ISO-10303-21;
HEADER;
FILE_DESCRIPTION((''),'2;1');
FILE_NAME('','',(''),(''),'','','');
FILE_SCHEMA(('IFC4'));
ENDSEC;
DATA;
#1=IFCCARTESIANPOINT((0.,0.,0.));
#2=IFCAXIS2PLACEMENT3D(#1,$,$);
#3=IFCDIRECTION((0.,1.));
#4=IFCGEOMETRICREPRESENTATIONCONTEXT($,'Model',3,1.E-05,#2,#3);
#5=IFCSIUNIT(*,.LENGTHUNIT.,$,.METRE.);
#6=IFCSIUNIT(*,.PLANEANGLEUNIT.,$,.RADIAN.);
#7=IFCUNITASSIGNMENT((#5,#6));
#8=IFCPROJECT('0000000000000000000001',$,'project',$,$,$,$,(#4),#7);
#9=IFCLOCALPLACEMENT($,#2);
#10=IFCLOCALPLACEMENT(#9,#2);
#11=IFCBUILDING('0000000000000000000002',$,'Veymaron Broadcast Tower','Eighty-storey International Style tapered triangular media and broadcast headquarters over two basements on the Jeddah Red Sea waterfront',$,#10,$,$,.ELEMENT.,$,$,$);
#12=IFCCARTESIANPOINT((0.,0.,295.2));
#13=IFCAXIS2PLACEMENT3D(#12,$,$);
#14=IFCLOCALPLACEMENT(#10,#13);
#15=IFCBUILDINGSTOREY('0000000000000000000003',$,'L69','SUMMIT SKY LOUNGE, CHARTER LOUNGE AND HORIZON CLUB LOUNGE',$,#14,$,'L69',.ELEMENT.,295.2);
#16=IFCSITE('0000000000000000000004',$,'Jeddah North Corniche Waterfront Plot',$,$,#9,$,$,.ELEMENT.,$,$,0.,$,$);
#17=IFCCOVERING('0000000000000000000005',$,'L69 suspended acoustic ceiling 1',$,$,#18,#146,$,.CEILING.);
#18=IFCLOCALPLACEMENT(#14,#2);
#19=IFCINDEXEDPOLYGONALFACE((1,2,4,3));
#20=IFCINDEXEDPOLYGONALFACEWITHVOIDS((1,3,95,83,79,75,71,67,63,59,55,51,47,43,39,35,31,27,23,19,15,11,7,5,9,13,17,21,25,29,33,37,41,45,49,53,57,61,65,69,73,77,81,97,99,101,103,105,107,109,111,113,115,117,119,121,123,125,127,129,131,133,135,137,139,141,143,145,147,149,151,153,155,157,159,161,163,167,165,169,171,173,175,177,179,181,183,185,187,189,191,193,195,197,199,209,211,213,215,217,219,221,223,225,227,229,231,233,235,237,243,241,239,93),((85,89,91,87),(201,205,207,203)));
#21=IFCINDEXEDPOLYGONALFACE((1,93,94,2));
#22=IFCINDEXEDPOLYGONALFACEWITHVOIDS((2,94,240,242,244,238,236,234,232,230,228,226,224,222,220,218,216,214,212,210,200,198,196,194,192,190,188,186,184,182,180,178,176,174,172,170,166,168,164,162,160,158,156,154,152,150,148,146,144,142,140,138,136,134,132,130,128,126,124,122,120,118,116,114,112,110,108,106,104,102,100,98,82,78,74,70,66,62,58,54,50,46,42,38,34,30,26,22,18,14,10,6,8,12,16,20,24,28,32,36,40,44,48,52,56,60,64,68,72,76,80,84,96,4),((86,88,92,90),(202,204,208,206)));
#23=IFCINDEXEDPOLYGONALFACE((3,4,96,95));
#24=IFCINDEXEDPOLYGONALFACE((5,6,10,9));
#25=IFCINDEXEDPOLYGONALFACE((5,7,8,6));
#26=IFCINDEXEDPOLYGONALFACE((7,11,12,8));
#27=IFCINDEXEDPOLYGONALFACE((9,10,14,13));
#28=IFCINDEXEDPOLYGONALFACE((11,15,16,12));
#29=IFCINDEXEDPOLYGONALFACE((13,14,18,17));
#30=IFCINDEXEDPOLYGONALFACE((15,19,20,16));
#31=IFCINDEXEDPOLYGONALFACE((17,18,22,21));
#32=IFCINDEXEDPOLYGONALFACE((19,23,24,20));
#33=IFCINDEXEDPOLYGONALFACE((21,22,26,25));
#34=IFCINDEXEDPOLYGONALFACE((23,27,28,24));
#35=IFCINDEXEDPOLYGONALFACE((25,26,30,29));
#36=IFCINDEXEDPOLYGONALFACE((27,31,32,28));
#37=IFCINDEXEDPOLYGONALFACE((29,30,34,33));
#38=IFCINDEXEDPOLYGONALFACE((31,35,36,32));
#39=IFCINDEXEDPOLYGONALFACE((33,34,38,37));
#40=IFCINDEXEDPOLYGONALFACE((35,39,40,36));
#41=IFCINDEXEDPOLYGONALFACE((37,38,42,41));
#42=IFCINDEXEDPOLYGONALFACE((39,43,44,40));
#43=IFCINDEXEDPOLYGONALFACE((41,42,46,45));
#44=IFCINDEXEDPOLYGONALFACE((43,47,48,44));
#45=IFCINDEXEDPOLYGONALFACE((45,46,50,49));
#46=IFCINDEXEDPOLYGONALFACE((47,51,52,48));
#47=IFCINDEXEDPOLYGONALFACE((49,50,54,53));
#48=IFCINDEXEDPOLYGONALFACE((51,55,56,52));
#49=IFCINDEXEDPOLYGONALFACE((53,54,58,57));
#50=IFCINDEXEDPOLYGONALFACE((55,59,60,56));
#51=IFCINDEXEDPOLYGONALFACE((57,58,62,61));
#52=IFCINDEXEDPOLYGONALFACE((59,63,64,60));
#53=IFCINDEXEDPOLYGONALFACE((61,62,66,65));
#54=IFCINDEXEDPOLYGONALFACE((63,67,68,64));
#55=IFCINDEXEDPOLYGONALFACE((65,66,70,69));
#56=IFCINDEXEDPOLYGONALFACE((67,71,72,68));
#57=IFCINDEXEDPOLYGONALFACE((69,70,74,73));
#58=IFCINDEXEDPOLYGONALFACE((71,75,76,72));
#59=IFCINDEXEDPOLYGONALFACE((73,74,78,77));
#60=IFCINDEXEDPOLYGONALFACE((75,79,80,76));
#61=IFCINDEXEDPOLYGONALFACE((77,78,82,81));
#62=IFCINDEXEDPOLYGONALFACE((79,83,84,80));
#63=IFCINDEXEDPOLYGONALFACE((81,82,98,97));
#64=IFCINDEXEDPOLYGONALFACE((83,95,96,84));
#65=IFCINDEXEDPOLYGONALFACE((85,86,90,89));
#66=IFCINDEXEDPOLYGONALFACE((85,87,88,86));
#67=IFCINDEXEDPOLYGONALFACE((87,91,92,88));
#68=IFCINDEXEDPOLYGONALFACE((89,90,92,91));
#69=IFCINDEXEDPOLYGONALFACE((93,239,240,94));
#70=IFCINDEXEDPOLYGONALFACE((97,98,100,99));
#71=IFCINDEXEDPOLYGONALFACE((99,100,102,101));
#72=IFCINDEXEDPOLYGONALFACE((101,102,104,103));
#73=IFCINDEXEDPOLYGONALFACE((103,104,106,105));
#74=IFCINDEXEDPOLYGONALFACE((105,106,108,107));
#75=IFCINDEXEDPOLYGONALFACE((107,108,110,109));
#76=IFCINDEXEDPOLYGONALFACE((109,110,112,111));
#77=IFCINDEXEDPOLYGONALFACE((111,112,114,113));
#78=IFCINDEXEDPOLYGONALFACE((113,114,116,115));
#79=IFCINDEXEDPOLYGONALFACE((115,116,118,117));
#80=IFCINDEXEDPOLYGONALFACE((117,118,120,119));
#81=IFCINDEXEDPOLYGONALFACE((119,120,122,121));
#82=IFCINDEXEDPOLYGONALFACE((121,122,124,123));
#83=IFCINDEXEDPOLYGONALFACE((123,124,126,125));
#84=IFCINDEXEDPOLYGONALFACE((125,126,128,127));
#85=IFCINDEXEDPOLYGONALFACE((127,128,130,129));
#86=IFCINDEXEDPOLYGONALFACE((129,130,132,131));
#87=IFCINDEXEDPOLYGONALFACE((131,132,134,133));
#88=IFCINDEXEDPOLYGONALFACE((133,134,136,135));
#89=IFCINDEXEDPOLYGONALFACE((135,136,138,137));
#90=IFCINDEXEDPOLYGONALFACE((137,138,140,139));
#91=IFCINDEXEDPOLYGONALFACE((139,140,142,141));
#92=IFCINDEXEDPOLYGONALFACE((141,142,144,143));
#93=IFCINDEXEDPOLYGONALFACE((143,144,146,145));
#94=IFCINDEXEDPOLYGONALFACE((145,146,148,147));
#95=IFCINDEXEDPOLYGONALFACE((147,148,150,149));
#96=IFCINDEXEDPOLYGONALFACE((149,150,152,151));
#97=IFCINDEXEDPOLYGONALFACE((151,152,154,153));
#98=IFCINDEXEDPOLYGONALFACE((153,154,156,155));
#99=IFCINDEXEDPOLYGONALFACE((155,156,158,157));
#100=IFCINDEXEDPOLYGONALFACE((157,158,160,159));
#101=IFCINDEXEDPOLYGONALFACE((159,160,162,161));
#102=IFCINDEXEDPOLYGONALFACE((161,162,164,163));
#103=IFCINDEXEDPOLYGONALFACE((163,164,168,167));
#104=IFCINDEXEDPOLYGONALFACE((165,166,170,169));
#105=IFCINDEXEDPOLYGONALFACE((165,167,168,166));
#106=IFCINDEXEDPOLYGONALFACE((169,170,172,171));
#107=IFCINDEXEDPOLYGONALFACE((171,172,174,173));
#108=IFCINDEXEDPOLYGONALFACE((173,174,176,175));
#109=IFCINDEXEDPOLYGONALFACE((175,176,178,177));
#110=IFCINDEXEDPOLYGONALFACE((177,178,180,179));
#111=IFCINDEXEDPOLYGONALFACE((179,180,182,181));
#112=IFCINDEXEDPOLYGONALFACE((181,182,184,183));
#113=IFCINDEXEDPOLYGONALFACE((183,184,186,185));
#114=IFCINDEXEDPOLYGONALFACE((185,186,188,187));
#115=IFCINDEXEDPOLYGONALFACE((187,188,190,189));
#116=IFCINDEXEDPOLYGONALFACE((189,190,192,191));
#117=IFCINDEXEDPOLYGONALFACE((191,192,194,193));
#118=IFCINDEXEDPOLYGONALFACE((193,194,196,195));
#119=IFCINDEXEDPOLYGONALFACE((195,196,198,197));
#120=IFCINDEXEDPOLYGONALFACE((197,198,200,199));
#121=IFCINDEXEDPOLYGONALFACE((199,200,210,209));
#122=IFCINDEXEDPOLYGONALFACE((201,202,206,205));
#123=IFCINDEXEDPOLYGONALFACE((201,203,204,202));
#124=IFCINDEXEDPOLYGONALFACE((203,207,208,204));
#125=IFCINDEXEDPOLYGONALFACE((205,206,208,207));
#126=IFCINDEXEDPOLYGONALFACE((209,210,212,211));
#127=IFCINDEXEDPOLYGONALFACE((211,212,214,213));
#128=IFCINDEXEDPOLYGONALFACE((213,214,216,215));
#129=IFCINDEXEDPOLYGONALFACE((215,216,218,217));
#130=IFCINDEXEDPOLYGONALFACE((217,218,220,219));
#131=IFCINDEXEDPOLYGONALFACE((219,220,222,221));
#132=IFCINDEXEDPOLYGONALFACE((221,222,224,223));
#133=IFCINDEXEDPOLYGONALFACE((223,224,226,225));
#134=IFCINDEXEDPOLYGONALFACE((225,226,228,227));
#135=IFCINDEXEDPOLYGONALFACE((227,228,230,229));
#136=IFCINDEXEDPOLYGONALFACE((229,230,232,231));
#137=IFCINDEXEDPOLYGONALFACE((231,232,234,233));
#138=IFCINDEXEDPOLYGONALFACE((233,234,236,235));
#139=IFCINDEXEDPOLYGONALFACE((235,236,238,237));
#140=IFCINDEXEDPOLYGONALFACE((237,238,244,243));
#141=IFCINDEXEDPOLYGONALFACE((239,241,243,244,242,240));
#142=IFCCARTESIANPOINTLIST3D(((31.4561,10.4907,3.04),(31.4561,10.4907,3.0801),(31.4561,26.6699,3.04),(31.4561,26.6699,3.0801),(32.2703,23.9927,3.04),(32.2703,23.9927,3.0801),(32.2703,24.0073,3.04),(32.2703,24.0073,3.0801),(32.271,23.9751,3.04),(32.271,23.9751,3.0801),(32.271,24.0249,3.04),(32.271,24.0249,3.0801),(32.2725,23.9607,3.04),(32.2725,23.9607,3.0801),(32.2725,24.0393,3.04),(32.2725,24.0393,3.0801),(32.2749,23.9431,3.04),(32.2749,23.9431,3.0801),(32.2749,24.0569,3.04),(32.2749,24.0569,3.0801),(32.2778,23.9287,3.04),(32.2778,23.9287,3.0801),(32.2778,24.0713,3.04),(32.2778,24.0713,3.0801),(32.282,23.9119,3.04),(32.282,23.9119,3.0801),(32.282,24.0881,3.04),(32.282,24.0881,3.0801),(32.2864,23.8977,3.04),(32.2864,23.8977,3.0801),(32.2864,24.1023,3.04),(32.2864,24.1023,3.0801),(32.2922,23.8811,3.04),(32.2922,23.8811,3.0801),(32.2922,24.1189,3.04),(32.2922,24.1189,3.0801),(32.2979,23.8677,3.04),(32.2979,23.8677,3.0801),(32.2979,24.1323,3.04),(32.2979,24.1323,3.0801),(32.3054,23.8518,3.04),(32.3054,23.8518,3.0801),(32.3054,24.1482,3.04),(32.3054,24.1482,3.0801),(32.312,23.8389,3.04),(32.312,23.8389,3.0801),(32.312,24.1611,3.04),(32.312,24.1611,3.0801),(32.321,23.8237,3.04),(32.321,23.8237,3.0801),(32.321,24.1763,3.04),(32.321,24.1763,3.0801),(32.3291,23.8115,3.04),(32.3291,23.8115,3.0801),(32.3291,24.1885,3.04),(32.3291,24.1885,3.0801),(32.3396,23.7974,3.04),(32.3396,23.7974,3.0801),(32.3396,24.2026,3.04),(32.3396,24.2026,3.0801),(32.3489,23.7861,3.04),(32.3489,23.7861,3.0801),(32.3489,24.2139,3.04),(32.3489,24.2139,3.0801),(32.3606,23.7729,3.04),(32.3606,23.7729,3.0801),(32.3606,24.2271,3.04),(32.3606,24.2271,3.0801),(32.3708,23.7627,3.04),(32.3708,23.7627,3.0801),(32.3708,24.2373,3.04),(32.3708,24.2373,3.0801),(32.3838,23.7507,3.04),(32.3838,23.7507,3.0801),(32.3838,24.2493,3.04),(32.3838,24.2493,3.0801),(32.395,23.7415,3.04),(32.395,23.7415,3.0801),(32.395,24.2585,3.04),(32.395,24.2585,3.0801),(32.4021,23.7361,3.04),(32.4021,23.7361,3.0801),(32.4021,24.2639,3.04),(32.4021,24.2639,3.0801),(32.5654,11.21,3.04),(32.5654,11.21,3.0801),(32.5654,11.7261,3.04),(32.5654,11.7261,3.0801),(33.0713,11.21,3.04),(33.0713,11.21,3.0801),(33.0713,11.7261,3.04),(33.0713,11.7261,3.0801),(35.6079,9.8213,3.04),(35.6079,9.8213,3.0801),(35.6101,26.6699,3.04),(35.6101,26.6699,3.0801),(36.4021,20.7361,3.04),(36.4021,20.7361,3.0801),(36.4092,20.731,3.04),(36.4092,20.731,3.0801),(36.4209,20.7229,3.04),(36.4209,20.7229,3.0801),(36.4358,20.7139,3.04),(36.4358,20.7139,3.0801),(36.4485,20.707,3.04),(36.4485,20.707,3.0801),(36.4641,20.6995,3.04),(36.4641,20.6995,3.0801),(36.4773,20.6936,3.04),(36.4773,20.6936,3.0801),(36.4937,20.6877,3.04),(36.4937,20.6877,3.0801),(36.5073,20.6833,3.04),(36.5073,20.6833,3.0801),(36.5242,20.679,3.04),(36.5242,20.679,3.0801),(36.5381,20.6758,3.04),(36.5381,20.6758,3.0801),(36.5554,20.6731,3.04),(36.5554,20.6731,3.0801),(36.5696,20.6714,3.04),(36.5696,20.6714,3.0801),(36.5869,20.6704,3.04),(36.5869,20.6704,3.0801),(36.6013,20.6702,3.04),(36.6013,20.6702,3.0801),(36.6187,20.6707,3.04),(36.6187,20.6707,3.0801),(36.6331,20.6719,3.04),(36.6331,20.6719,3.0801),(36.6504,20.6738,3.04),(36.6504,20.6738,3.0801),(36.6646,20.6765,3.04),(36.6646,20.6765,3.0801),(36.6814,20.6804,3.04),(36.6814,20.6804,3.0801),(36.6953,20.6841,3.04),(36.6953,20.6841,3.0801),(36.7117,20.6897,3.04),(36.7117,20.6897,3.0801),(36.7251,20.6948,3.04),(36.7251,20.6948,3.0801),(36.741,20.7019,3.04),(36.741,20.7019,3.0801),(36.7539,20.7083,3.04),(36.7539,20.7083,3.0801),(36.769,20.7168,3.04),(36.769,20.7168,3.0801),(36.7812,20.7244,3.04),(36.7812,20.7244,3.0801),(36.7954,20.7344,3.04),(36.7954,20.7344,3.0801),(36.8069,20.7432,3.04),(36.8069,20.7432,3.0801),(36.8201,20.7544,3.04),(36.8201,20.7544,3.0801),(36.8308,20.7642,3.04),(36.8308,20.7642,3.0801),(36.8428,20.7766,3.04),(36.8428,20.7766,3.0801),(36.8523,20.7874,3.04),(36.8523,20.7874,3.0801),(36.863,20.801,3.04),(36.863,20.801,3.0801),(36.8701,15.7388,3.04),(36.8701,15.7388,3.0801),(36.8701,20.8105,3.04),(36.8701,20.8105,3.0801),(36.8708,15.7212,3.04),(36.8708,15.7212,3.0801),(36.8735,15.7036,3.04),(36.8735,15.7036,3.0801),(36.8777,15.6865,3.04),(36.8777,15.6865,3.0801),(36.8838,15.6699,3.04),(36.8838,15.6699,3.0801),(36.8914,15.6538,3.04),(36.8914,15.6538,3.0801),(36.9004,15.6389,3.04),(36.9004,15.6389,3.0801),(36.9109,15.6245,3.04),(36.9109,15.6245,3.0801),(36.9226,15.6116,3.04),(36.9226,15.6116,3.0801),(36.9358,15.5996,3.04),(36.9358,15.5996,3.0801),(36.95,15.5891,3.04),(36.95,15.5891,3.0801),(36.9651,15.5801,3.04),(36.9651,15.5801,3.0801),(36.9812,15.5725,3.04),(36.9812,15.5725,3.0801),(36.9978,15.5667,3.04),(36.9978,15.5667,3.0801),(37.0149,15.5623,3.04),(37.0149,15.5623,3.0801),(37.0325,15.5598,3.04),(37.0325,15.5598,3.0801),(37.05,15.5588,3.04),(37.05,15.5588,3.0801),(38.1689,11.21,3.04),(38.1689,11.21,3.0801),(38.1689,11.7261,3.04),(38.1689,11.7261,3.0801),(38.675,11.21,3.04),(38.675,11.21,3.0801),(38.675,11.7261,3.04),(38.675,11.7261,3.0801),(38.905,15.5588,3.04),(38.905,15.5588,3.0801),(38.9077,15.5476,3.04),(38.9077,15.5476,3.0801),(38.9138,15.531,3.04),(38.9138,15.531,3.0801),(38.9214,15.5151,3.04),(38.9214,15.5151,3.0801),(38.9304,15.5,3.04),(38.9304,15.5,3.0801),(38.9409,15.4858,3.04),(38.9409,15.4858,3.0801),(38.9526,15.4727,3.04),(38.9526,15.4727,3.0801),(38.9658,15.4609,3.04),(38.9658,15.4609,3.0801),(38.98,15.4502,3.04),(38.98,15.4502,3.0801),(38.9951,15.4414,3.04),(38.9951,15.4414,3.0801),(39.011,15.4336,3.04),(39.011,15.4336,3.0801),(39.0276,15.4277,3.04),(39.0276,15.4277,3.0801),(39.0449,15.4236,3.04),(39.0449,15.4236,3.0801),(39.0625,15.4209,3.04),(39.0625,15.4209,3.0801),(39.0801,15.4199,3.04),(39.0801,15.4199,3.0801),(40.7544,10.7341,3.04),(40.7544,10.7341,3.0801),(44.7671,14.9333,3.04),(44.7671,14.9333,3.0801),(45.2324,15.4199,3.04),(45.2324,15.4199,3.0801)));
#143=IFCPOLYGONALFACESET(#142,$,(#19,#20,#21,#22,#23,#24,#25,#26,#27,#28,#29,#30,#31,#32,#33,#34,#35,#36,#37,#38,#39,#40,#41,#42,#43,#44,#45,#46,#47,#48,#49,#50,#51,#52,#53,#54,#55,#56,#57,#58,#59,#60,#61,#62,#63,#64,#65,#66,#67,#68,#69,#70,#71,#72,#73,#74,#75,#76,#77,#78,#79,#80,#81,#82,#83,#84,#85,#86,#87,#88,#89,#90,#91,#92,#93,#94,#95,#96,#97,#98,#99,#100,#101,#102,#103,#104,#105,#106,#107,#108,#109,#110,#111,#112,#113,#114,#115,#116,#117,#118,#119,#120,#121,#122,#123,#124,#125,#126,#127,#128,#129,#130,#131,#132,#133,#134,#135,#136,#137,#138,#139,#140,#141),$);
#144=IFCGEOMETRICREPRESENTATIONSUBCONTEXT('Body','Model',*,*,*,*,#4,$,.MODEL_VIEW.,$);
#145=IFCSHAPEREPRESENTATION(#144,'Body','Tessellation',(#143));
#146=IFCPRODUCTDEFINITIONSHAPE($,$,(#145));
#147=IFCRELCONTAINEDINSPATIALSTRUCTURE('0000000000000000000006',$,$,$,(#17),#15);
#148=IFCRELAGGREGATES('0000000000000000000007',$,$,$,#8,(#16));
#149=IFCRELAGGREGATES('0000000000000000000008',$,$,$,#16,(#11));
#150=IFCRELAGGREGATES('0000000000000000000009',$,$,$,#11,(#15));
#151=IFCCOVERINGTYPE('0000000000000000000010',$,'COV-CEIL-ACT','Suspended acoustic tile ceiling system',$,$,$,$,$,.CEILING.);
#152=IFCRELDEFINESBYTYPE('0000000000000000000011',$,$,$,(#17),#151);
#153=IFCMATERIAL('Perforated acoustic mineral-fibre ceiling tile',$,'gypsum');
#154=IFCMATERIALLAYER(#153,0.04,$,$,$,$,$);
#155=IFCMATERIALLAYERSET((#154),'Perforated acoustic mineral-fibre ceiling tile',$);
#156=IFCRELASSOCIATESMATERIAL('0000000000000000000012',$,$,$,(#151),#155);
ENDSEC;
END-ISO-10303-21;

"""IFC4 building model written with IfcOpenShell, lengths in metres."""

from ifc_helpers import new_model, si_unit, direction, frame, origin, place, context, subcontext, project, spatial, polyline, outline, extrude, material, layer, layer_set, type_object, element, save


model = new_model("IFC4")

# Units and contexts
model_context = context("Model", 3, precision=1e-05, world=origin(), true_north=direction((0.0, 1.0)))
body_context = subcontext(model_context, "Body", "Model", "MODEL_VIEW")
ifc_project = project(units=[si_unit("LENGTHUNIT", "METRE"), si_unit("PLANEANGLEUNIT", "RADIAN")], contexts=[model_context])

# Site, building, storey
site_placement = place(None, origin())
site = spatial("IfcSite", under=ifc_project, at=site_placement, Name="Jeddah North Corniche Waterfront Plot", CompositionType="ELEMENT", RefElevation=0.0)
building_placement = place(site_placement, origin())
building = spatial("IfcBuilding", under=site, at=building_placement, Name="Veymaron Broadcast Tower", Description="Eighty-storey International Style tapered triangular media and broadcast headquarters over two basements on the Jeddah Red Sea waterfront", CompositionType="ELEMENT")
storey_placement = place(building_placement, frame((0.0, 0.0, 295.2)))
storey = spatial("IfcBuildingStorey", under=building, at=storey_placement, Name="L69", Description="SUMMIT SKY LOUNGE, CHARTER LOUNGE AND HORIZON CLUB LOUNGE", LongName="L69", CompositionType="ELEMENT", Elevation=295.2)

# Covering
ifc_material_1 = material(Name="Perforated acoustic mineral-fibre ceiling tile", Category="gypsum")
ifc_layer_1 = layer(ifc_material_1, 0.04)
ifc_layer_set_1 = layer_set([ifc_layer_1], Name="Perforated acoustic mineral-fibre ceiling tile")
covering_type_1 = type_object("IfcCoveringType", Name="COV-CEIL-ACT", Description="Suspended acoustic tile ceiling system", PredefinedType="CEILING", material=ifc_layer_set_1)
covering_1_placement = place(storey_placement, frame((0.0, 0.0, 3.04)))
element("IfcCovering", 1, at=covering_1_placement, inside=storey, type_object=covering_type_1, Name="L69 suspended acoustic ceiling 1", PredefinedType="CEILING", context=body_context, shape_type="SweptSolid", body=[
    extrude(outline(polyline([(32.2922, 24.1189), (32.2864, 24.1023), (32.282, 24.0881), (32.2778, 24.0713), (32.2749, 24.0569), (32.2725, 24.0393), (32.271, 24.0249), (32.2703, 24.0073), (32.2703, 23.9927), (32.271, 23.9751), (32.2725, 23.9607), (32.2749, 23.9431), (32.2778, 23.9287), (32.282, 23.9119), (32.2864, 23.8977), (32.2922, 23.8811), (32.2979, 23.8677), (32.3054, 23.8518), (32.312, 23.8389), (32.321, 23.8237), (32.3291, 23.8115), (32.3396, 23.7974), (32.3489, 23.7861), (32.3606, 23.7729), (32.3708, 23.7627), (32.3838, 23.7507), (32.395, 23.7415), (32.4021, 23.7361), (36.4021, 20.7361), (36.4092, 20.731), (36.4209, 20.7229), (36.4358, 20.7139), (36.4485, 20.707), (36.4641, 20.6995), (36.4773, 20.6936), (36.4937, 20.6877), (36.5073, 20.6833), (36.5242, 20.679), (36.5381, 20.6758), (36.5554, 20.6731), (36.5696, 20.6714), (36.5869, 20.6704), (36.6013, 20.6702), (36.6187, 20.6707), (36.6331, 20.6719), (36.6504, 20.6738), (36.6646, 20.6765), (36.6814, 20.6804), (36.6953, 20.6841), (36.7117, 20.6897), (36.7251, 20.6948), (36.741, 20.7019), (36.7539, 20.7083), (36.769, 20.7168), (36.7812, 20.7244), (36.7954, 20.7344), (36.8069, 20.7432), (36.8201, 20.7544), (36.8308, 20.7642), (36.8428, 20.7766), (36.8523, 20.7874), (36.863, 20.801), (36.8701, 20.8105), (36.8701, 15.7388), (36.8708, 15.7212), (36.8735, 15.7036), (36.8777, 15.6865), (36.8838, 15.6699), (36.8914, 15.6538), (36.9004, 15.6389), (36.9109, 15.6245), (36.9226, 15.6116), (36.9358, 15.5996), (36.95, 15.5891), (36.9651, 15.5801), (36.9812, 15.5725), (36.9978, 15.5667), (37.0149, 15.5623), (37.0325, 15.5598), (37.05, 15.5588), (38.905, 15.5588), (38.9077, 15.5476), (38.9138, 15.531), (38.9214, 15.5151), (38.9304, 15.5), (38.9409, 15.4858), (38.9526, 15.4727), (38.9658, 15.4609), (38.98, 15.4502), (38.9951, 15.4414), (39.011, 15.4336), (39.0276, 15.4277), (39.0449, 15.4236), (39.0625, 15.4209), (39.0801, 15.4199), (45.2324, 15.4199), (44.7671, 14.9333), (40.7544, 10.7341), (35.6079, 9.8213), (31.4561, 10.4907), (31.4561, 26.6699), (35.6101, 26.6699), (32.4021, 24.2639), (32.395, 24.2585), (32.3838, 24.2493), (32.3708, 24.2373), (32.3606, 24.2271), (32.3489, 24.2139), (32.3396, 24.2026), (32.3291, 24.1885), (32.321, 24.1763), (32.312, 24.1611), (32.3054, 24.1482), (32.2979, 24.1323), (32.2922, 24.1189)]), holes=[polyline([(38.675, 11.7261), (38.1689, 11.7261), (38.1689, 11.21), (38.675, 11.21), (38.675, 11.7261)]), polyline([(32.5654, 11.7261), (32.5654, 11.21), (33.0713, 11.21), (33.0713, 11.7261), (32.5654, 11.7261)])]), origin(), (0.0, 0.0, 1.0), 0.04),
])

save(model, "model.ifc")
